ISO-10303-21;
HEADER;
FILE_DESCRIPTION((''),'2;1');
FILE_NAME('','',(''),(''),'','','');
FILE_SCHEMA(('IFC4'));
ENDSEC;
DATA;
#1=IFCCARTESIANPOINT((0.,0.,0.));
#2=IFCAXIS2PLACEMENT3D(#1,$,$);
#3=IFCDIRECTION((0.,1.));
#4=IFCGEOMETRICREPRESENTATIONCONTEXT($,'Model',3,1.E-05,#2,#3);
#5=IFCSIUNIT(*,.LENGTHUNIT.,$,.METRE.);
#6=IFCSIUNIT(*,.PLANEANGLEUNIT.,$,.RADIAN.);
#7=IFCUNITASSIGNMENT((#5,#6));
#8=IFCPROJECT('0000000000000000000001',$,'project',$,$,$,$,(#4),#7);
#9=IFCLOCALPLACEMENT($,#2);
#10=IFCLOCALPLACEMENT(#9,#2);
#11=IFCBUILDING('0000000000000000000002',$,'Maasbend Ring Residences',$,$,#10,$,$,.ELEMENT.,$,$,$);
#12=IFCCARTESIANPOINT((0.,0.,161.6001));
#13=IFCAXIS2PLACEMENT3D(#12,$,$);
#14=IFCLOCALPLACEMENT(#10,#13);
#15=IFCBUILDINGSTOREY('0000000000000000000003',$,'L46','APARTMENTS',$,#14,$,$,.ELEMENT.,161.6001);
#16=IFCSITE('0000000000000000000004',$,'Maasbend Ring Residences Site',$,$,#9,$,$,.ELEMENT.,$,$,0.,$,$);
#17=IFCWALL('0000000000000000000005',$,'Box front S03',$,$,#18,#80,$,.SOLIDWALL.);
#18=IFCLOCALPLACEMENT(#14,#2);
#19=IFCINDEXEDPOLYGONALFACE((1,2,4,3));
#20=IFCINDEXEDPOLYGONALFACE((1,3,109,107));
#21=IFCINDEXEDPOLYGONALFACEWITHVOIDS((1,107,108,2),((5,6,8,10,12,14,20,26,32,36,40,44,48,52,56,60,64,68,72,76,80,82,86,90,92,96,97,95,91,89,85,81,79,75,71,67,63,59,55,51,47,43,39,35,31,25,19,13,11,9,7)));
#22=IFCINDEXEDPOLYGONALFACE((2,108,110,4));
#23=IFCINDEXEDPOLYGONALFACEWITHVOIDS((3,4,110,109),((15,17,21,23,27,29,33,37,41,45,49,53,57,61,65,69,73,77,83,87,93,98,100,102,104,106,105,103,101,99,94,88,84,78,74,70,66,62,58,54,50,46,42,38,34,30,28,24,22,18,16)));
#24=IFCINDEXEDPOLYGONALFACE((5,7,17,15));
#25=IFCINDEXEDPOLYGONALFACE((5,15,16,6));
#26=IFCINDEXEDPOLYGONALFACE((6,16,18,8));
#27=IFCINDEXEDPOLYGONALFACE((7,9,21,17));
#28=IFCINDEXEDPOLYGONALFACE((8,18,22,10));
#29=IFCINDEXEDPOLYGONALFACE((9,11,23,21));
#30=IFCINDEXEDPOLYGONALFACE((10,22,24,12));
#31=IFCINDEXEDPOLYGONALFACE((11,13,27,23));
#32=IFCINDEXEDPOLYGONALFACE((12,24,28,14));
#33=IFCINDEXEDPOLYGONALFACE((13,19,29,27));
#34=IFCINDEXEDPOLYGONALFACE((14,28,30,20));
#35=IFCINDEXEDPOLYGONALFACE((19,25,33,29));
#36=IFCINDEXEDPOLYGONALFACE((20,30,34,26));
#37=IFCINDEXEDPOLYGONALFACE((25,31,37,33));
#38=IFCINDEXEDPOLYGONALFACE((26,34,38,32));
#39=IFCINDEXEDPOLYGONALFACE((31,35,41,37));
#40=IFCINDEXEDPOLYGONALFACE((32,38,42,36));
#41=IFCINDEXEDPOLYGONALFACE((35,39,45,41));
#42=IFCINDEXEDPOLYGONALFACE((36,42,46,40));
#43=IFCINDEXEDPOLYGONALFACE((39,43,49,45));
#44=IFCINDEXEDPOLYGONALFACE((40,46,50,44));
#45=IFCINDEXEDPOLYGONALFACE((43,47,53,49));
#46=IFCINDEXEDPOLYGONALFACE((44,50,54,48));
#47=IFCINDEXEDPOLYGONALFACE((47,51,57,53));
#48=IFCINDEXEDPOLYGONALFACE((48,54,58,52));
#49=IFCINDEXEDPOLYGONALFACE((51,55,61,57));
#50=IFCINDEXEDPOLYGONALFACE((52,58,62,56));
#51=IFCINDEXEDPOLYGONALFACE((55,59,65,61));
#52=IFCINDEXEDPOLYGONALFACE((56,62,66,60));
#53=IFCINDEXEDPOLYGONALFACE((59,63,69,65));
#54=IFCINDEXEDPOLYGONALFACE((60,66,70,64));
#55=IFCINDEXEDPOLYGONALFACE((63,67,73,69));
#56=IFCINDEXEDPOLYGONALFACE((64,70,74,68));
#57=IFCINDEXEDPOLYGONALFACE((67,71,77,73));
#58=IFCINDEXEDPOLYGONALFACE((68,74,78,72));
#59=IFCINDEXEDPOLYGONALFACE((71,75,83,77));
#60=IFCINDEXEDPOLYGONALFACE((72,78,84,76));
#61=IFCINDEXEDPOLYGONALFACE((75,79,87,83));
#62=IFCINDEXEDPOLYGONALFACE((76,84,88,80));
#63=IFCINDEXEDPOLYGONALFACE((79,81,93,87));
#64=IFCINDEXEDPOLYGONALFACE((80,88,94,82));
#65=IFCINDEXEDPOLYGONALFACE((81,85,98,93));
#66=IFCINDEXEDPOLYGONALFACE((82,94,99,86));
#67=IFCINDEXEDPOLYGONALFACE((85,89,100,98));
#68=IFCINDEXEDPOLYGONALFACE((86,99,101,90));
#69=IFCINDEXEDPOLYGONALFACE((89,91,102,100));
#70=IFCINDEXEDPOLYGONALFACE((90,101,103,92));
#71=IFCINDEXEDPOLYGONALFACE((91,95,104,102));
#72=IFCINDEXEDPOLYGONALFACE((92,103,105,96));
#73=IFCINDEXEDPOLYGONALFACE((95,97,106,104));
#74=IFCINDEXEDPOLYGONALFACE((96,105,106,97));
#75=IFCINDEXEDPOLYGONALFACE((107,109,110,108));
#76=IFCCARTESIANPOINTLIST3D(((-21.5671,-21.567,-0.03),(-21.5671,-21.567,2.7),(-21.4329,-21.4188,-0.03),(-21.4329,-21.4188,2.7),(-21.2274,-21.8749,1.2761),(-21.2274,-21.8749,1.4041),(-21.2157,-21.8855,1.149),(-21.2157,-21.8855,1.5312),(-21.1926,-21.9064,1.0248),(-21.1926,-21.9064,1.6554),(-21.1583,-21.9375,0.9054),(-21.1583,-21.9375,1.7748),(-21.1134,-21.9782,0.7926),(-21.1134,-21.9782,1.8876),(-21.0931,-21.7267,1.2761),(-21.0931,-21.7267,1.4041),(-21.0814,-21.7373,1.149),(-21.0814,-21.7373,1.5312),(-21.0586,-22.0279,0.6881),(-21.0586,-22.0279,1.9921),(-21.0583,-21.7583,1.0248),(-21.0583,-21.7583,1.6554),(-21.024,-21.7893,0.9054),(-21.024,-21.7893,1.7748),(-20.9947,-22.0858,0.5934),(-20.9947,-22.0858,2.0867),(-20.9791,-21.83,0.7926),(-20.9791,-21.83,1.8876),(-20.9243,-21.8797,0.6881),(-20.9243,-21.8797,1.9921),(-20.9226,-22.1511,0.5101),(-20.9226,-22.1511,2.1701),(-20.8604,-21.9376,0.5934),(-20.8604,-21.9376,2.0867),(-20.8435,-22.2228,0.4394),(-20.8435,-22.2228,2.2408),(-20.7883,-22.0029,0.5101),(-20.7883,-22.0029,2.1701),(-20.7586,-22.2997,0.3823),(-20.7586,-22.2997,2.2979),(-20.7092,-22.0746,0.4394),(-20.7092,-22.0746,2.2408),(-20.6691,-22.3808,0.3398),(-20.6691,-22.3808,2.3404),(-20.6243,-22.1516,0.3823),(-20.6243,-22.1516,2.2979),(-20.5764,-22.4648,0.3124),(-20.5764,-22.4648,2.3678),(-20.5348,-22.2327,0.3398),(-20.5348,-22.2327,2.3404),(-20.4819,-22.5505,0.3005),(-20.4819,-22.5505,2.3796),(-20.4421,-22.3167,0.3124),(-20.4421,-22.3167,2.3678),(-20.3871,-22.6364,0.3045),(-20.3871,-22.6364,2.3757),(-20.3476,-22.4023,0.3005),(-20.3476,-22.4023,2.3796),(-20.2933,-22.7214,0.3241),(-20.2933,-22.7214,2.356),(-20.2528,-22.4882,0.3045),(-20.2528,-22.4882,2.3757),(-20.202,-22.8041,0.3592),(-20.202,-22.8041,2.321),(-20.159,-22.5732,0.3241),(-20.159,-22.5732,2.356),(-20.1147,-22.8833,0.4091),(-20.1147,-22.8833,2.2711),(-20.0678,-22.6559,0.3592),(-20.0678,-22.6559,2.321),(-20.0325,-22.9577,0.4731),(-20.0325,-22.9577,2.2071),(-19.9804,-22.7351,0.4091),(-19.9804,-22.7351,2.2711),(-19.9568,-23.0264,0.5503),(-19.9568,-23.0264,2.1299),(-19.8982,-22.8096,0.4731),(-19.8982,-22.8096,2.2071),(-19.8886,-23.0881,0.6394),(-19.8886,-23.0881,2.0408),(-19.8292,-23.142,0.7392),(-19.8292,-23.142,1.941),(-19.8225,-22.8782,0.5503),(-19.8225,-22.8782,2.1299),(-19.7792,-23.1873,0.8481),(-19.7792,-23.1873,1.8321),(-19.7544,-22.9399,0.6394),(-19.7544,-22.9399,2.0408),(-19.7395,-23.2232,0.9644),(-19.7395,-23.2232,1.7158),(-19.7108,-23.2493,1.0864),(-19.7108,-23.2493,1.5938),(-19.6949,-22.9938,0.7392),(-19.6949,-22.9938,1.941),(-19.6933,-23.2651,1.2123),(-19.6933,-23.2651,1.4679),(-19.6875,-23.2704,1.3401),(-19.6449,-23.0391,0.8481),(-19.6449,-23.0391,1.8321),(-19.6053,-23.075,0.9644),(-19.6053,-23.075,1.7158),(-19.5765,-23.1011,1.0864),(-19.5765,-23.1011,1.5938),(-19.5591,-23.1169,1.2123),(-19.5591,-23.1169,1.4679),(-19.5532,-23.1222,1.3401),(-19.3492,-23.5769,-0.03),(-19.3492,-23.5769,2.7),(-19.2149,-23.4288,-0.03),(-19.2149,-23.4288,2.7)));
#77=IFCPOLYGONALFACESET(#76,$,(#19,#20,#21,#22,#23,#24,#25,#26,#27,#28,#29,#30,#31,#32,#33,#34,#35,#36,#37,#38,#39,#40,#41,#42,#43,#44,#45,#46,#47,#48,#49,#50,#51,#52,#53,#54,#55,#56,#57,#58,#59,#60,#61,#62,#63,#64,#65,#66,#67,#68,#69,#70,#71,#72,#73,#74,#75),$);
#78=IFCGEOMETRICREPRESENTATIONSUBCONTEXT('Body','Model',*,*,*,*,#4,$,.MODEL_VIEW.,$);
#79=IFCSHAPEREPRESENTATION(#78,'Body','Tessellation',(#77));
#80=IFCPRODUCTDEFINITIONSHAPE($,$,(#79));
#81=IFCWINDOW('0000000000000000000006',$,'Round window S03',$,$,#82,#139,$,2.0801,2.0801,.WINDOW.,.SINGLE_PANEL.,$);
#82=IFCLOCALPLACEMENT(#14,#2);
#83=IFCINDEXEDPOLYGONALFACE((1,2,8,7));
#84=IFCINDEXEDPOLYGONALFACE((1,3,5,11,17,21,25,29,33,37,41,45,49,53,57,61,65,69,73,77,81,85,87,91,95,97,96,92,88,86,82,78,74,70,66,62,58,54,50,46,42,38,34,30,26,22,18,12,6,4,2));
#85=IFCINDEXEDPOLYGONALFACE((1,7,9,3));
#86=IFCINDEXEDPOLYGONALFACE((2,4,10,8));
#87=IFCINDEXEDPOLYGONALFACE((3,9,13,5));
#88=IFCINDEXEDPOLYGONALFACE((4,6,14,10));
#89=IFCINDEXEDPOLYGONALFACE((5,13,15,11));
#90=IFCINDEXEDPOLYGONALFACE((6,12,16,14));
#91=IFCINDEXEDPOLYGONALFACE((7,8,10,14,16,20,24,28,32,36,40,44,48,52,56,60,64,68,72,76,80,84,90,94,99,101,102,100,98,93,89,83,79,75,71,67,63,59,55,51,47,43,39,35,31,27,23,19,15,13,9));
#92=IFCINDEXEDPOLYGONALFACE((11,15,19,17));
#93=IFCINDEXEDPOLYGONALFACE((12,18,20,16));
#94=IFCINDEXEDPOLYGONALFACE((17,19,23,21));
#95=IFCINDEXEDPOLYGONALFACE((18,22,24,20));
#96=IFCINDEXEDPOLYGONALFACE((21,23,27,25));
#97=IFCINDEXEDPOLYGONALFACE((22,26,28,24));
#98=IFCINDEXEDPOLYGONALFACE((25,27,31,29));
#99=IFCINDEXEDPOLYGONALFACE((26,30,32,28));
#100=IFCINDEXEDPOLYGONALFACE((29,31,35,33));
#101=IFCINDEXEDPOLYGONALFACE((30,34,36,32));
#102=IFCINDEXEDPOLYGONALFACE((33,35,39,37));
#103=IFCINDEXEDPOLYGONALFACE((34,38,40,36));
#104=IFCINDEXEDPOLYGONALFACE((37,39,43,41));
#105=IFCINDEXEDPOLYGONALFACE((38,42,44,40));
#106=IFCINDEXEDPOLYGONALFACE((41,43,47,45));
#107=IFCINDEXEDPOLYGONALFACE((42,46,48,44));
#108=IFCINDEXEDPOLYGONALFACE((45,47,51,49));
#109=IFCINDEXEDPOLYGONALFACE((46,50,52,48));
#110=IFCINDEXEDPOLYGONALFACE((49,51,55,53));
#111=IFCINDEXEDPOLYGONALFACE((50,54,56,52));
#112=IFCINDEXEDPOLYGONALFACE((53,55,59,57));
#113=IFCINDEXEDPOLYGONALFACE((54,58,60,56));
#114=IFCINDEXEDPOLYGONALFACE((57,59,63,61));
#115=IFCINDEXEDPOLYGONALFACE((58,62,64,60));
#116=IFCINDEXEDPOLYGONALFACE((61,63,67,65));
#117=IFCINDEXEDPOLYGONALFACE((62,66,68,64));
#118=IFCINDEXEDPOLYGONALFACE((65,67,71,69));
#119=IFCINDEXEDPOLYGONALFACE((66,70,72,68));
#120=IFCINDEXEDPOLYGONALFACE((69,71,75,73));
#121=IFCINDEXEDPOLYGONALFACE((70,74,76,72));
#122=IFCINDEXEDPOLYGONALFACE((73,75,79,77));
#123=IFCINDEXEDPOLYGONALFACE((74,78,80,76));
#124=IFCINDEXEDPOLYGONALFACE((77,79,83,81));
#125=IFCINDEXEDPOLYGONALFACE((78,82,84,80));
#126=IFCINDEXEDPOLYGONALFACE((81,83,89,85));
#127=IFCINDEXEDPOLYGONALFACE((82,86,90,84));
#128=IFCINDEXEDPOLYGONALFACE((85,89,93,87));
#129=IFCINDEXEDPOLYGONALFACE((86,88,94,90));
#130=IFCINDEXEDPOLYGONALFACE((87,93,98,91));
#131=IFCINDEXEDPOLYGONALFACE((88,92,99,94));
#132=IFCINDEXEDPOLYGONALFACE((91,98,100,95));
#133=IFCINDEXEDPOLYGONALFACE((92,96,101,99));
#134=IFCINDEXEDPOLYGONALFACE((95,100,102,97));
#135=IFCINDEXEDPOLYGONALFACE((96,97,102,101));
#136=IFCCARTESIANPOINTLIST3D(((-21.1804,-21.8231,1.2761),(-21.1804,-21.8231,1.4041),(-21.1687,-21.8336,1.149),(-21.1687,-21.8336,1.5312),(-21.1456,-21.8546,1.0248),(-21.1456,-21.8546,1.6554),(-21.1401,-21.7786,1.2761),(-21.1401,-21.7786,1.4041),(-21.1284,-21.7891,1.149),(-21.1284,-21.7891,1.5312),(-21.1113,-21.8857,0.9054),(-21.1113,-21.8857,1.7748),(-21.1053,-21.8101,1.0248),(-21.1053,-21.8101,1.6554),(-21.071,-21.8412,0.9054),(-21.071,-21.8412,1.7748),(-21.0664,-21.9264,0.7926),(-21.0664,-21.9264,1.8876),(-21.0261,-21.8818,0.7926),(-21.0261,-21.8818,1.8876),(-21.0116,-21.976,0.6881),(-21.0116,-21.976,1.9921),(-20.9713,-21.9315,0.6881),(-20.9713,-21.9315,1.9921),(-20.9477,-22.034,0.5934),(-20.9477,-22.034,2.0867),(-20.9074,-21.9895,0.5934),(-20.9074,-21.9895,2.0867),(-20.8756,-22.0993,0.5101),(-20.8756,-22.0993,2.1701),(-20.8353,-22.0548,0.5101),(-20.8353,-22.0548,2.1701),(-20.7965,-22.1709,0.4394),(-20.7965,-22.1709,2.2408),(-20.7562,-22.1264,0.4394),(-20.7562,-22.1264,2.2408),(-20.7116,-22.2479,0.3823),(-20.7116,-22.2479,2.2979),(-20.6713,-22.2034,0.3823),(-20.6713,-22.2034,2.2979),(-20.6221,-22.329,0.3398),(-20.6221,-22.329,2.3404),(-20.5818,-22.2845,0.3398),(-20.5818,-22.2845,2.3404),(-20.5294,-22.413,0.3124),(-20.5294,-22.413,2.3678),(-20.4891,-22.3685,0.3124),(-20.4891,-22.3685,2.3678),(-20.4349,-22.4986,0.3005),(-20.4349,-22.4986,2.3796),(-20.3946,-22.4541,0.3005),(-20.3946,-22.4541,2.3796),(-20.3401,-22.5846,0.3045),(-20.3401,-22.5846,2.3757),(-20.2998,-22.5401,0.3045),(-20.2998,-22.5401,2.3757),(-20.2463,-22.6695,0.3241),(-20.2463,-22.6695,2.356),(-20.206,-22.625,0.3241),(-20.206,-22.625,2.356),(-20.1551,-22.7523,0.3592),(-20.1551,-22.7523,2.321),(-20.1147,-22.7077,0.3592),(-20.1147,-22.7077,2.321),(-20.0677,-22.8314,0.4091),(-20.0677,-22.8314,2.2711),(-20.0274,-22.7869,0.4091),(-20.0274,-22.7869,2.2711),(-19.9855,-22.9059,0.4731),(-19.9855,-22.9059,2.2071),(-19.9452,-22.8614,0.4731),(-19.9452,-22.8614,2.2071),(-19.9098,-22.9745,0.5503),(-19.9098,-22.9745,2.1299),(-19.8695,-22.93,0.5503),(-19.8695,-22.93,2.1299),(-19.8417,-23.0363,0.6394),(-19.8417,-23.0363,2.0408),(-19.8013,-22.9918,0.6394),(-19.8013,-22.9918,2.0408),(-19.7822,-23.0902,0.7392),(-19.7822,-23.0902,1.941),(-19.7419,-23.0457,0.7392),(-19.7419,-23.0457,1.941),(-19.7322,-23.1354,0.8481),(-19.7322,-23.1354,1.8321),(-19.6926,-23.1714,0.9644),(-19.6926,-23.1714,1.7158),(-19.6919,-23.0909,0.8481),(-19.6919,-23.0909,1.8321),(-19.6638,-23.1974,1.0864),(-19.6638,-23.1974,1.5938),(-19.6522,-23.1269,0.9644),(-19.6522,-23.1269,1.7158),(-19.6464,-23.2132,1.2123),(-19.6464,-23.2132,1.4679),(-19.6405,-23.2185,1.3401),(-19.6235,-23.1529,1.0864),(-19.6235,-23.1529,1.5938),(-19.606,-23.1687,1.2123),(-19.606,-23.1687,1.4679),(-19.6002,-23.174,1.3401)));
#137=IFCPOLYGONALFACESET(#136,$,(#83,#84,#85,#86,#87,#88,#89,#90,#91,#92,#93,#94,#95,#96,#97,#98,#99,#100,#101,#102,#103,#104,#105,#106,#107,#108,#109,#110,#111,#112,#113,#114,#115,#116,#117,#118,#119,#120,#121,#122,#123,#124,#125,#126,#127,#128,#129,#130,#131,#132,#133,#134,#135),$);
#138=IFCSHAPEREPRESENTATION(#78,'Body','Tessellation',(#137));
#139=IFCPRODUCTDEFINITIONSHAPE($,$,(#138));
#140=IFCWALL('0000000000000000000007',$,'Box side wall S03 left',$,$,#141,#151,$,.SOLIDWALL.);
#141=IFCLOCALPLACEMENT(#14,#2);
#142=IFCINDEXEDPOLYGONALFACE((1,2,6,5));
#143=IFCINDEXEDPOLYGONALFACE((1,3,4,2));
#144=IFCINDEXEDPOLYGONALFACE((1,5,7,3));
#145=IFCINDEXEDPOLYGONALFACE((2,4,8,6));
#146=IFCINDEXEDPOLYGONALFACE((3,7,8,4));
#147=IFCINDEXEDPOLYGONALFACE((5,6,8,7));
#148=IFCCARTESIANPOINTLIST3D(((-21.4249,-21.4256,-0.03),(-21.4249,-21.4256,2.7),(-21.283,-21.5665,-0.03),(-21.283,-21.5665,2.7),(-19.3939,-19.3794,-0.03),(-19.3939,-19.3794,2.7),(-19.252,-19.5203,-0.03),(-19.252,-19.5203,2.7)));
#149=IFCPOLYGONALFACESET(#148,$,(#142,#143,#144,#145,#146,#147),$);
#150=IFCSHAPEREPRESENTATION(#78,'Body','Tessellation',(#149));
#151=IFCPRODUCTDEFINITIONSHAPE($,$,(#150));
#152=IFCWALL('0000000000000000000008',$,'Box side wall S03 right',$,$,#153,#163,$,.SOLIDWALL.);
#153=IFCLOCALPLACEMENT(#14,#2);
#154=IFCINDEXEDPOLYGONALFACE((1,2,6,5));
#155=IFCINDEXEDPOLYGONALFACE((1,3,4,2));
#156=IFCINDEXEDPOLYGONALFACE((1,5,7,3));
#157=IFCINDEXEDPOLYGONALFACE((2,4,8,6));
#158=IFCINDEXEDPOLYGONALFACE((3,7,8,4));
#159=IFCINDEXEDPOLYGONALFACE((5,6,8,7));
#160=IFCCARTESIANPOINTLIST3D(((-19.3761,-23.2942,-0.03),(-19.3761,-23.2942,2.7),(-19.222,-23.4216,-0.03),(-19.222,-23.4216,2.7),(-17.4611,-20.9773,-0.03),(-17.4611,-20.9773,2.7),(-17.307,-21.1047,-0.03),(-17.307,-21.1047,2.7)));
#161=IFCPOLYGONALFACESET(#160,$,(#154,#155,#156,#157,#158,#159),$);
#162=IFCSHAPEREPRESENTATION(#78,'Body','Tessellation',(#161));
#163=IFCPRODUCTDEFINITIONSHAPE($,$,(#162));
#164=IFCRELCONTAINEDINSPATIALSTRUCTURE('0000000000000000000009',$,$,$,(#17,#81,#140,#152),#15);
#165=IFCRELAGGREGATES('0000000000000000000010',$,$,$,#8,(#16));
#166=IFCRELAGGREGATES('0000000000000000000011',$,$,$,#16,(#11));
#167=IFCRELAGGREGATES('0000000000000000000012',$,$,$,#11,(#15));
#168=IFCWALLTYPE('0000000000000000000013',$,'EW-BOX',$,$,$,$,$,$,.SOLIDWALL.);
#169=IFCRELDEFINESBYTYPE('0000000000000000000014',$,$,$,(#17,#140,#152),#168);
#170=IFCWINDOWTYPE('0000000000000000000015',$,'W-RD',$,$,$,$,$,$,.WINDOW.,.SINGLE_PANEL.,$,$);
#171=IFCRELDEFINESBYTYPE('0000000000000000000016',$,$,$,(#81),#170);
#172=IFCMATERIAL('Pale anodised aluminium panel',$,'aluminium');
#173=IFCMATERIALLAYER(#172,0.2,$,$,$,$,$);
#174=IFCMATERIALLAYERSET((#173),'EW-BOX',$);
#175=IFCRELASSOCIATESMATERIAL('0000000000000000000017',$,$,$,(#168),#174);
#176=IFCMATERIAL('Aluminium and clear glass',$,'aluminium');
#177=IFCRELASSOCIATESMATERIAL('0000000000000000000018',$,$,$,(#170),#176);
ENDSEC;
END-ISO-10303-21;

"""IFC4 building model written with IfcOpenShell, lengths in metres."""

from ifc_helpers import new_model, si_unit, direction, frame, frame_2d, origin, place, context, subcontext, project, spatial, rectangle, circle, extrude, material, layer, layer_set, type_object, element, fill, save


model = new_model("IFC4")

# Units and contexts
model_context = context("Model", 3, precision=1e-05, world=origin(), true_north=direction((0.0, 1.0)))
body_context = subcontext(model_context, "Body", "Model", "MODEL_VIEW")
ifc_project = project(units=[si_unit("LENGTHUNIT", "METRE"), si_unit("PLANEANGLEUNIT", "RADIAN")], contexts=[model_context])

# Site, building, storey
site_placement = place(None, origin())
site = spatial("IfcSite", under=ifc_project, at=site_placement, Name="Maasbend Ring Residences Site", CompositionType="ELEMENT", RefElevation=0.0)
building_placement = place(site_placement, origin())
building = spatial("IfcBuilding", under=site, at=building_placement, Name="Maasbend Ring Residences", CompositionType="ELEMENT")
storey_placement = place(building_placement, frame((0.0, 0.0, 161.6001)))
storey = spatial("IfcBuildingStorey", under=building, at=storey_placement, Name="L46", Description="APARTMENTS", CompositionType="ELEMENT", Elevation=161.6001)

# Shared definitions
ifc_material_1 = material(Name="Pale anodised aluminium panel", Category="aluminium")
ifc_layer_1 = layer(ifc_material_1, 0.2)
ifc_layer_set_1 = layer_set([ifc_layer_1], Name="EW-BOX")
wall_type_1 = type_object("IfcWallType", Name="EW-BOX", PredefinedType="SOLIDWALL", material=ifc_layer_set_1)
ifc_material_2 = material(Name="Aluminium and clear glass", Category="aluminium")
window_type_1 = type_object("IfcWindowType", Name="W-RD", PartitioningType="SINGLE_PANEL", PredefinedType="WINDOW", material=ifc_material_2)

# Wall, opening, window
wall_1_placement = place(storey_placement, frame((-21.5, -21.4929, -0.03), z_axis=(0.0, 0.0, 1.0), x_axis=(0.740998, -0.671507, 0.0)))
wall_1 = element("IfcWall", 1, at=wall_1_placement, inside=storey, type_object=wall_type_1, Name="Box front S03", PredefinedType="SOLIDWALL", context=body_context, shape_type="SweptSolid", body=[
    extrude(rectangle(XDim=2.9932, YDim=0.2, at=frame_2d((1.4966, 0.0))), origin(), (0.0, 0.0, 1.0), 2.73),
])
opening_1_placement = place(wall_1_placement, frame((0.4565, 0.0, 0.3301)))
opening_1 = element("IfcOpeningElement", 2, at=opening_1_placement, cuts=wall_1, PredefinedType="OPENING", context=body_context, shape_type="SweptSolid", body=[
    extrude(circle(Radius=1.04, at=frame_2d((1.04, 1.04))), frame((0.0, 0.1099, 0.0), z_axis=(0.0, -1.0, 0.0), x_axis=(1.0, 0.0, 0.0)), (0.0, 0.0, 1.0), 0.22),
])
window_1_placement = place(opening_1_placement, origin())
window_1 = element("IfcWindow", 3, at=window_1_placement, inside=storey, type_object=window_type_1, Name="Round window S03", OverallHeight=2.0801, OverallWidth=2.0801, PartitioningType="SINGLE_PANEL", PredefinedType="WINDOW", context=body_context, shape_type="SweptSolid", body=[
    extrude(circle(Radius=1.04, at=frame_2d((1.04, 1.04))), frame((0.0, 0.03, 0.0), z_axis=(0.0, -1.0, 0.0), x_axis=(1.0, 0.0, 0.0)), (0.0, 0.0, 1.0), 0.0601),
])
fill(opening_1, window_1)

# Walls
wall_2_placement = place(storey_placement, frame((-19.323, -19.45, -0.03), z_axis=(0.0, 0.0, 1.0), x_axis=(-0.704477, -0.709727, 0.0)))
element("IfcWall", 4, at=wall_2_placement, inside=storey, type_object=wall_type_1, Name="Box side wall S03 left", PredefinedType="SOLIDWALL", context=body_context, shape_type="SweptSolid", body=[
    extrude(rectangle(XDim=2.8831, YDim=0.2, at=frame_2d((1.4414, 0.0))), origin(), (0.0, 0.0, 1.0), 2.73),
])
wall_3_placement = place(storey_placement, frame((-17.384, -21.041, -0.03), z_axis=(0.0, 0.0, 1.0), x_axis=(-0.637096, -0.770785, 0.0)))
element("IfcWall", 5, at=wall_3_placement, inside=storey, type_object=wall_type_1, Name="Box side wall S03 right", PredefinedType="SOLIDWALL", context=body_context, shape_type="SweptSolid", body=[
    extrude(rectangle(XDim=3.0059, YDim=0.2, at=frame_2d((1.5029, 0.0))), origin(), (0.0, 0.0, 1.0), 2.73),
])

save(model, "model.ifc")
